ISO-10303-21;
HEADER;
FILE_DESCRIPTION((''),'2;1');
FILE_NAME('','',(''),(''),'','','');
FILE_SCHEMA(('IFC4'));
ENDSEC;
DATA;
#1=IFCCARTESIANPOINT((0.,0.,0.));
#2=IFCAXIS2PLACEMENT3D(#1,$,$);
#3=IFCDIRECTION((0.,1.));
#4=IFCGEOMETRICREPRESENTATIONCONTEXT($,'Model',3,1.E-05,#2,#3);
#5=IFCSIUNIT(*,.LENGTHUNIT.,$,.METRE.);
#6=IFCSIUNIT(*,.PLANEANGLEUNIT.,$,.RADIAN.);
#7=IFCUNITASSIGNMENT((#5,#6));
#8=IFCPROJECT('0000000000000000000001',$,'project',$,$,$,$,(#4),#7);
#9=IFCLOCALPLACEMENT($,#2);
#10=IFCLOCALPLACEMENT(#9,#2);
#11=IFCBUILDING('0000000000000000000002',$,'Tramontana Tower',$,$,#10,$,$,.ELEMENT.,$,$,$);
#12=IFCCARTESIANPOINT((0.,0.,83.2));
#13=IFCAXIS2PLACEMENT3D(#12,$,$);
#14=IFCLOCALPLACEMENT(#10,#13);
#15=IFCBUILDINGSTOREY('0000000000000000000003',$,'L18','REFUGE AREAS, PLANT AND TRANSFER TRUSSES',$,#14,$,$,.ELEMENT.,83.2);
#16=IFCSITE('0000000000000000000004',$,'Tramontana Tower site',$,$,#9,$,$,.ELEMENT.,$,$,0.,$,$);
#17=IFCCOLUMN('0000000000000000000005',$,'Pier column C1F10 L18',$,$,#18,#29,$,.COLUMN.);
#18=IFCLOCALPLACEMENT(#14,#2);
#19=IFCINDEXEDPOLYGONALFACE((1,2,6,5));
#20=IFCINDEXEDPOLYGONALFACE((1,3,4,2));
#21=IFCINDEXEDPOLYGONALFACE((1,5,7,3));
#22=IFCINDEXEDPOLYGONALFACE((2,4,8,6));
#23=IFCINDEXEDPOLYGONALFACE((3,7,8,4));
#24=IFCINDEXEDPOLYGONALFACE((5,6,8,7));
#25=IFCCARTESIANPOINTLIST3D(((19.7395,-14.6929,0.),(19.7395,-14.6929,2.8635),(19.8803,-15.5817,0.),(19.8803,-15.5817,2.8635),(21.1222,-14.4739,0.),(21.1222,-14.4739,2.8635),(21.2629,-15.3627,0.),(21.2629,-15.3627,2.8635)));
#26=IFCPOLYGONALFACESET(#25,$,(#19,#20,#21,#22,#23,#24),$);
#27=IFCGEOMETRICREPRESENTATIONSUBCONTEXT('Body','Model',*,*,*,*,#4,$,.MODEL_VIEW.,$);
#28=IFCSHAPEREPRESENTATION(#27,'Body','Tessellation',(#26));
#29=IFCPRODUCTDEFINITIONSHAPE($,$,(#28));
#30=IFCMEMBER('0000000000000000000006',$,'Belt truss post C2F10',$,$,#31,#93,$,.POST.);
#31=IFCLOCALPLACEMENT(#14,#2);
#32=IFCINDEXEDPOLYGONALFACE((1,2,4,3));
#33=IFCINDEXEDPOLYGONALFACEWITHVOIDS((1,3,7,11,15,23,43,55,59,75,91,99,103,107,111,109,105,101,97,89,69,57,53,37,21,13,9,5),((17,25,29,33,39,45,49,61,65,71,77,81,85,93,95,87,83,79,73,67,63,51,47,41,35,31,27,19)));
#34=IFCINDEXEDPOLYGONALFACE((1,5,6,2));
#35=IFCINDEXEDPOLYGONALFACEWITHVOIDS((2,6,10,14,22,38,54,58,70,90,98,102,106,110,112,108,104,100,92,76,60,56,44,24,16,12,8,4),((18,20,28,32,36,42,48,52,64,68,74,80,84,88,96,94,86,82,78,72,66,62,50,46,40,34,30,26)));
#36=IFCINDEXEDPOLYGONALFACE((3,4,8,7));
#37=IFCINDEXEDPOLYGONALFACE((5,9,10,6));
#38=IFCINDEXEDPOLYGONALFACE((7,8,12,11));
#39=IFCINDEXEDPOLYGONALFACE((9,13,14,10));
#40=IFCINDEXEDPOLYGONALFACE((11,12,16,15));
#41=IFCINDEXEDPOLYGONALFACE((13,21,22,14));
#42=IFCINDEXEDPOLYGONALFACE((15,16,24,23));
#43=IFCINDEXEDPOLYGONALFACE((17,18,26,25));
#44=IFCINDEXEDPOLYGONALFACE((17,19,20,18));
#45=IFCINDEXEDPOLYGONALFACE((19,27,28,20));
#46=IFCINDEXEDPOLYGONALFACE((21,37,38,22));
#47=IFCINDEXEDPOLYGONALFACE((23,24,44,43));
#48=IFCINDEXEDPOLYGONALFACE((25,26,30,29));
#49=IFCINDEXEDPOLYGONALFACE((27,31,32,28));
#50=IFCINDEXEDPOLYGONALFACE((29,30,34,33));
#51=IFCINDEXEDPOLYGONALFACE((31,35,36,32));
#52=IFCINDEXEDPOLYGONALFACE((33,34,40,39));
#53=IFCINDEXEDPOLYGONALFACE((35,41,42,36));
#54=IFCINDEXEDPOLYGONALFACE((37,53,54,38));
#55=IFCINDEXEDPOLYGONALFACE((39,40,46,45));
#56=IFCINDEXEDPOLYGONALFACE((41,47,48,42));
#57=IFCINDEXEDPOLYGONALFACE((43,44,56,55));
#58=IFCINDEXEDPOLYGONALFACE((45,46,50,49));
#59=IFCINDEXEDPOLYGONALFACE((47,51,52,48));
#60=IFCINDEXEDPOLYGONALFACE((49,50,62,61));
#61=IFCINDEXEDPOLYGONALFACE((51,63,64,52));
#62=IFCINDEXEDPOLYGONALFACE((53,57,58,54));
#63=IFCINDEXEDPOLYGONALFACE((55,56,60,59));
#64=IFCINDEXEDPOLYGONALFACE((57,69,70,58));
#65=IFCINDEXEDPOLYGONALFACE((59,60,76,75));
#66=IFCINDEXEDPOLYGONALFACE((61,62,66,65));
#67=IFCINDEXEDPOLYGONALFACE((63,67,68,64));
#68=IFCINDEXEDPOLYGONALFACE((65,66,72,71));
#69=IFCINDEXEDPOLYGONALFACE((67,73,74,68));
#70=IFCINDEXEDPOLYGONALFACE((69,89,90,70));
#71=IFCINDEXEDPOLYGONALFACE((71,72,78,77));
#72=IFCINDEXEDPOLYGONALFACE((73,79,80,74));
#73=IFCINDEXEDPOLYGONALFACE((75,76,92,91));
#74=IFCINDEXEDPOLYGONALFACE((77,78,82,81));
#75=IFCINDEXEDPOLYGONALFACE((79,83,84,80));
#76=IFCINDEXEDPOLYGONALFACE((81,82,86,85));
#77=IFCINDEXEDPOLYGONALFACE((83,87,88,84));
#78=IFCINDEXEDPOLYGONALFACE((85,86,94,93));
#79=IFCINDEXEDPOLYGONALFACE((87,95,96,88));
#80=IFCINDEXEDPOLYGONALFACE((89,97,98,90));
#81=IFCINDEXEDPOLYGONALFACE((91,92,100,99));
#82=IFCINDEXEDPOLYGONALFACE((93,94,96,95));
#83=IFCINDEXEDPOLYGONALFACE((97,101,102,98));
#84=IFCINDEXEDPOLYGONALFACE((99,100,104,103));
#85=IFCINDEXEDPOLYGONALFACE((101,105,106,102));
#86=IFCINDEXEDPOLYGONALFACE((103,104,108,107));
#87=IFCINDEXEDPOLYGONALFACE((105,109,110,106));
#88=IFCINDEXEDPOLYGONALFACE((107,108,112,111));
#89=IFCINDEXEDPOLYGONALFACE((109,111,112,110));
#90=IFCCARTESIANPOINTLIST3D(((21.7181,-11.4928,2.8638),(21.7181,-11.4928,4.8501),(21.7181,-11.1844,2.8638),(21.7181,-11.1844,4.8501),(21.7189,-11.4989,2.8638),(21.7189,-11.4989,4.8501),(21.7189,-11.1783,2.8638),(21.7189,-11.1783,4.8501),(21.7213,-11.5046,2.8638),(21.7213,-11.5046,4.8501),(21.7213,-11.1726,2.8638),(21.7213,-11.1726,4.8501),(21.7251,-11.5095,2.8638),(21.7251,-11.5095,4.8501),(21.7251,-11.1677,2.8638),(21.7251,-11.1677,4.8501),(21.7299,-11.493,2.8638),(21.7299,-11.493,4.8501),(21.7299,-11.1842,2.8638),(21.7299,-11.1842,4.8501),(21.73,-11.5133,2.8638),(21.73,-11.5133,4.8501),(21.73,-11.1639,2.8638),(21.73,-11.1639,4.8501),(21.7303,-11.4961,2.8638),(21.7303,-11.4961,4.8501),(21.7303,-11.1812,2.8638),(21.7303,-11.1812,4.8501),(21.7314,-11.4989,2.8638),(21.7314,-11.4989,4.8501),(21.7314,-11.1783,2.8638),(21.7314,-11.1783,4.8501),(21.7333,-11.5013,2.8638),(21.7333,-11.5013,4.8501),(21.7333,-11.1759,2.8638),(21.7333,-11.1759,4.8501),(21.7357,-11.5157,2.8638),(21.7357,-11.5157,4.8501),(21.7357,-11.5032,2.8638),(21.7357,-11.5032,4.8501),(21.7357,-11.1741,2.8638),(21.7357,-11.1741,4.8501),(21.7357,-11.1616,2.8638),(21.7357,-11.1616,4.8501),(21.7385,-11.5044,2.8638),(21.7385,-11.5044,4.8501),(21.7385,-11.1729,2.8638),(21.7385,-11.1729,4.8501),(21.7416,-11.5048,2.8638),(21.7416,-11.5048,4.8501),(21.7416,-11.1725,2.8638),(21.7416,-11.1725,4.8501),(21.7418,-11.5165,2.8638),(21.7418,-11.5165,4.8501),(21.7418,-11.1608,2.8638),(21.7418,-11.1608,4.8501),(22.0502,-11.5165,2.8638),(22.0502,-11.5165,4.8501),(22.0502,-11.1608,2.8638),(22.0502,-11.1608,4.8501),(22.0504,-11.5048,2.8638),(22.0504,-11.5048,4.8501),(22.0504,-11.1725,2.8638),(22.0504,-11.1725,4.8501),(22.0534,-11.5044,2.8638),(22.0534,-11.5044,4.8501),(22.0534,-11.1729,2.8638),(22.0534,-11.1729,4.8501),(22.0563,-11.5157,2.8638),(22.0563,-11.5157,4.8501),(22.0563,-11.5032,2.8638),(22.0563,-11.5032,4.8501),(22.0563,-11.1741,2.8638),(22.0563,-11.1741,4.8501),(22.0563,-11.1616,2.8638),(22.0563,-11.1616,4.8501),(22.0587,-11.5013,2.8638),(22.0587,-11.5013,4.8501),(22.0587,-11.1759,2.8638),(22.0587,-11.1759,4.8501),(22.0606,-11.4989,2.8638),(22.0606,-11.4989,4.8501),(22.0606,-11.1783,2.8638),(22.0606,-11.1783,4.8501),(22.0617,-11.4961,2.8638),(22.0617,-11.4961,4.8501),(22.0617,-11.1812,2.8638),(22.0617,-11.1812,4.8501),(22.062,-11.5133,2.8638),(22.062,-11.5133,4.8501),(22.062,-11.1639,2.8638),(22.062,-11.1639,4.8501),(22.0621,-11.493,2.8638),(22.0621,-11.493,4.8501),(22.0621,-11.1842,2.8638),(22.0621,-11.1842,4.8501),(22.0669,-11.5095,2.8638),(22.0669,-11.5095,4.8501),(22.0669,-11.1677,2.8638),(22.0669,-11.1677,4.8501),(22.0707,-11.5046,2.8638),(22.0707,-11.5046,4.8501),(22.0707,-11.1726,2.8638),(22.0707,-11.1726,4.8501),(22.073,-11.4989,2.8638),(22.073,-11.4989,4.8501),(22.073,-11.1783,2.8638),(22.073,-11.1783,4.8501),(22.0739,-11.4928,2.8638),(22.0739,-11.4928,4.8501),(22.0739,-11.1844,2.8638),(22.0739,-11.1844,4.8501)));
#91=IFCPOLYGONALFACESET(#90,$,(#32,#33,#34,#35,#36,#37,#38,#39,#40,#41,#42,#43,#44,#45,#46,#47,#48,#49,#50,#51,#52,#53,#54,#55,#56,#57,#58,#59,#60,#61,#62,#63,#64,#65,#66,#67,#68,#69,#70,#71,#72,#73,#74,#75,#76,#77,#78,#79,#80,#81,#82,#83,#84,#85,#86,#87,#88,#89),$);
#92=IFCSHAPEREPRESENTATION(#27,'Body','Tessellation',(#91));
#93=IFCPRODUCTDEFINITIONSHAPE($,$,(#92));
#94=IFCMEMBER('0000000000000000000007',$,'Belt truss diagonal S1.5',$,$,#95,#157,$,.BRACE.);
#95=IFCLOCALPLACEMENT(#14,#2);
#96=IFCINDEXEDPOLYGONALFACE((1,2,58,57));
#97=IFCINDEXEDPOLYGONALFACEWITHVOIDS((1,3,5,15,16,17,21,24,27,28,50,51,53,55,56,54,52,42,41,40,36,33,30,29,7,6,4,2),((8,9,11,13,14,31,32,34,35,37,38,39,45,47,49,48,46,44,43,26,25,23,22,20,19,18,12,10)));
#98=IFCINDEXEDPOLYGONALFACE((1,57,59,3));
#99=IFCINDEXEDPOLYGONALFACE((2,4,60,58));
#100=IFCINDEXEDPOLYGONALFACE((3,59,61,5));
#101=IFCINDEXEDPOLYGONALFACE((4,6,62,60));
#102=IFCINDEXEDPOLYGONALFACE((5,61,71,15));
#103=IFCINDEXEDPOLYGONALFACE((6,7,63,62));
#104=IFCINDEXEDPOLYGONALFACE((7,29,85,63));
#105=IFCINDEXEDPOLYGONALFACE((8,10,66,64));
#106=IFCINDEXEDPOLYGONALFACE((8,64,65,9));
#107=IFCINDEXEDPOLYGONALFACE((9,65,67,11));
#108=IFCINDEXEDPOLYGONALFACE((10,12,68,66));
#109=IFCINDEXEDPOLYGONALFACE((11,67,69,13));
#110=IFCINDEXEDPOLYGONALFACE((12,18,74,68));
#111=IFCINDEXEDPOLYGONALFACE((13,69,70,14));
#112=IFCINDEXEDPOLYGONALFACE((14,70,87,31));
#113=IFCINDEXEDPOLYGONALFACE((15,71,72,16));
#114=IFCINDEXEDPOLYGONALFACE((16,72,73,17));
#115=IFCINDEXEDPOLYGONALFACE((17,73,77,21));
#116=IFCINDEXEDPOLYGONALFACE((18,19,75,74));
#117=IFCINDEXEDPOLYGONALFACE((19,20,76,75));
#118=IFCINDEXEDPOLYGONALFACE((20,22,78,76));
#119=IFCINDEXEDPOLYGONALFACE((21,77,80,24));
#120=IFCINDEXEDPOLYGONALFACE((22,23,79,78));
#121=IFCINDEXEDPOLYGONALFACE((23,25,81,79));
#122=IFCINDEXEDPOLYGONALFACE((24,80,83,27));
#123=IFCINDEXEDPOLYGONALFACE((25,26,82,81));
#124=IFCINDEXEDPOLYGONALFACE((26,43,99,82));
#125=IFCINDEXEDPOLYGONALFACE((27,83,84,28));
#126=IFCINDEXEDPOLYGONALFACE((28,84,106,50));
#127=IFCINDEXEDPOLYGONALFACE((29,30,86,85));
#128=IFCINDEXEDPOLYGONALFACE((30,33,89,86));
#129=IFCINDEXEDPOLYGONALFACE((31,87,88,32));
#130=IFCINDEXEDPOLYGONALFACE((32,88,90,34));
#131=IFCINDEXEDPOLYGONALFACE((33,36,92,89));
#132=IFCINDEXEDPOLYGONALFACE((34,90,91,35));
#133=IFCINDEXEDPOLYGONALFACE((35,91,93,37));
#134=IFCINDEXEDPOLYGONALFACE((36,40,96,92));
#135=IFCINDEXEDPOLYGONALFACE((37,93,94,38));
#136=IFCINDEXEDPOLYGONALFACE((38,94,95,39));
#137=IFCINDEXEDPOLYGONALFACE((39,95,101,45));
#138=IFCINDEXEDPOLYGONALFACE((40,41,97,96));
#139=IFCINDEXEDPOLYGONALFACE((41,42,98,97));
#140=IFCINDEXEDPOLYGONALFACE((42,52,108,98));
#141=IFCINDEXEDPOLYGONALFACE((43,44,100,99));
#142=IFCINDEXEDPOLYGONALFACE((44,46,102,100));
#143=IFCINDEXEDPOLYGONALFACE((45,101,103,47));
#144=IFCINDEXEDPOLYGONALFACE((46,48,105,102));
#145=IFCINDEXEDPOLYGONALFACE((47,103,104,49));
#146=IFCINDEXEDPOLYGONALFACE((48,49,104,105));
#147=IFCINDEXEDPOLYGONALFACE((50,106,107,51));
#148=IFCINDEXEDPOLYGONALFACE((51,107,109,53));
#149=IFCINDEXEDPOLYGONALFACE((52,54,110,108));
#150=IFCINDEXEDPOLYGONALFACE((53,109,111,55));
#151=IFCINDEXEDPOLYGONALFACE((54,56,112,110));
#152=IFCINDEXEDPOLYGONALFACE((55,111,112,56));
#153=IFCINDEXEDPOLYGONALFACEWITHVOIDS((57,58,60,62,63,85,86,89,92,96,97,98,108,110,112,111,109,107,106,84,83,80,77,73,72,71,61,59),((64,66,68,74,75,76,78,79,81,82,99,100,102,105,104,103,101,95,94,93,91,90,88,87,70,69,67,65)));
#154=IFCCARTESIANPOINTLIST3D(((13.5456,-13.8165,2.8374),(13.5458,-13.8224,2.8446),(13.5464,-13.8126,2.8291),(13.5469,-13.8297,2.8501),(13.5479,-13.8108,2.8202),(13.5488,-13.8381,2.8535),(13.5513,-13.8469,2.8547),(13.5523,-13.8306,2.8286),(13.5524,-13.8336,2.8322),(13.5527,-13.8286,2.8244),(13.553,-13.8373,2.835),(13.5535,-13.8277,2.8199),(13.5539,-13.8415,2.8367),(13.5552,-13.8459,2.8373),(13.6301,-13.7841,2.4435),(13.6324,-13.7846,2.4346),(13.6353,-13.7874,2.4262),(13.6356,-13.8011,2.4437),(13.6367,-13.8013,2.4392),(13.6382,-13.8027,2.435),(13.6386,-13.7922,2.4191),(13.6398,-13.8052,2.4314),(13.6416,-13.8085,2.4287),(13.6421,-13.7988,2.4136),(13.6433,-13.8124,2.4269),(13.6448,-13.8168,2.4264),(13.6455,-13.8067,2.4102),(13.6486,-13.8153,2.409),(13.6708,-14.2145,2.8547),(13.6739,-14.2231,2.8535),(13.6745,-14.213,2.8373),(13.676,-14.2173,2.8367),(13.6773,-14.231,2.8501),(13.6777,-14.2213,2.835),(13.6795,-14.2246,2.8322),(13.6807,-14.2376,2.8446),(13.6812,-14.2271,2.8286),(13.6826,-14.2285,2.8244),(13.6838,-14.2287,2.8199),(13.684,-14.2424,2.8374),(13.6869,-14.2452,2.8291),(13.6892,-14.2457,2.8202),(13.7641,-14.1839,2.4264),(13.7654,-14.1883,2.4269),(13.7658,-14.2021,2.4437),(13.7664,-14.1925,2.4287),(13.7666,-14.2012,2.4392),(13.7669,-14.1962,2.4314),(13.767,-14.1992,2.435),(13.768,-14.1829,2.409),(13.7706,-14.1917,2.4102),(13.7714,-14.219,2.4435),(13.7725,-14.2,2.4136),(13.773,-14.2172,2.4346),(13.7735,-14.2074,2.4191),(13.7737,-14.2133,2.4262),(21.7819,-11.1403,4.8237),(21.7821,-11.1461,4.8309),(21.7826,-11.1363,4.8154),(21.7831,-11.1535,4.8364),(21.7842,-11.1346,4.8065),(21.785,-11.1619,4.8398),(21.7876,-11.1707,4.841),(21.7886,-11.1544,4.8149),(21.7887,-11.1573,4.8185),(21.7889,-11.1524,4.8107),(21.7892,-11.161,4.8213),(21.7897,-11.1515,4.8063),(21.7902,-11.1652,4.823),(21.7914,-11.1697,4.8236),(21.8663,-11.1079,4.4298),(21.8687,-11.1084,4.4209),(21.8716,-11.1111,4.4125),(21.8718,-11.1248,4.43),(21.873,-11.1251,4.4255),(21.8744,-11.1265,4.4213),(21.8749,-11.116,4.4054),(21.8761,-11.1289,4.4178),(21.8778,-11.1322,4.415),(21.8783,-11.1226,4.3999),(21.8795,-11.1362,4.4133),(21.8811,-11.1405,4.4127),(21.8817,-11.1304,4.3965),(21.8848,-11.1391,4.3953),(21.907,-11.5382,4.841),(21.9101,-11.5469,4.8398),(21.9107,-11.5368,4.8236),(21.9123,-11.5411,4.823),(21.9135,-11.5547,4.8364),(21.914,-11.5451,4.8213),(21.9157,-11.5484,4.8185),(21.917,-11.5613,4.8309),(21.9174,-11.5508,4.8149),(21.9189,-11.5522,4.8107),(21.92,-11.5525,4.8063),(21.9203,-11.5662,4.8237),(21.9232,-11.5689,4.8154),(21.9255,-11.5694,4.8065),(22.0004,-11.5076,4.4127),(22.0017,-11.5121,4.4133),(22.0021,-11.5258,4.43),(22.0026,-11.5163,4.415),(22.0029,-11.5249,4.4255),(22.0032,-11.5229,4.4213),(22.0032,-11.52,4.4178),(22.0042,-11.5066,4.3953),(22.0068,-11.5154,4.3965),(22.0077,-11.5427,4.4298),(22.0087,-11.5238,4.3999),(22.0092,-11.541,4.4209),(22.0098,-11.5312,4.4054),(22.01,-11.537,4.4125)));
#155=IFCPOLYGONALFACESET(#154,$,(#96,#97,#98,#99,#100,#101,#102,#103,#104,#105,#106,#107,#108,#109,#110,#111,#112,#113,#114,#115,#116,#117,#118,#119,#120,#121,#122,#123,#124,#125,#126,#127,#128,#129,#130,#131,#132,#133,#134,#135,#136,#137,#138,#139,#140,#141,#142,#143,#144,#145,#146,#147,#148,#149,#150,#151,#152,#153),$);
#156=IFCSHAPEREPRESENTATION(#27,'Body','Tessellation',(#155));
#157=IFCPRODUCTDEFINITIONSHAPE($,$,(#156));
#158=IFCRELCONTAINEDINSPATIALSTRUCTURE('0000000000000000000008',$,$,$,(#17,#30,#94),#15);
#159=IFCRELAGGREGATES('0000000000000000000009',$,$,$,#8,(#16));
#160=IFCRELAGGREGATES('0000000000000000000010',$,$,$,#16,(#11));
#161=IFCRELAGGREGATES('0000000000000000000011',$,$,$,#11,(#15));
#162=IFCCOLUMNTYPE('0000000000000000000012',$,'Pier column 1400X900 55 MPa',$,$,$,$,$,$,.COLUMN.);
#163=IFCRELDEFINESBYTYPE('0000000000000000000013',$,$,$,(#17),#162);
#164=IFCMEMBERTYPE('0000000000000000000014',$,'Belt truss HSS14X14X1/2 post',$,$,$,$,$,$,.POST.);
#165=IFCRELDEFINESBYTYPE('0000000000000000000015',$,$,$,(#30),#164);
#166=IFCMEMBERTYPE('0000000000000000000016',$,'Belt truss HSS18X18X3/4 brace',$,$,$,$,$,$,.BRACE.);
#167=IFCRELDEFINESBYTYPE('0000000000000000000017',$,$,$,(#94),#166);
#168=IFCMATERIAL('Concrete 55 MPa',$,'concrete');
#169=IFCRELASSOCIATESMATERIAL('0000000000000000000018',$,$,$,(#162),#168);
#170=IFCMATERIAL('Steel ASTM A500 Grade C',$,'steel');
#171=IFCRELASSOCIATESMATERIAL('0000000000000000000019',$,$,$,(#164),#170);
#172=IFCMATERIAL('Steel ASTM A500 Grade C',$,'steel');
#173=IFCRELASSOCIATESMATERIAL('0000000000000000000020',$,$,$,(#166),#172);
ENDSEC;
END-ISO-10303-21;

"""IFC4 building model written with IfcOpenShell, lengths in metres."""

from ifc_helpers import new_model, si_unit, direction, frame, origin, origin_2d, place, context, subcontext, project, spatial, rectangle, hollow_rectangle, extrude, material, material_profile, profile_set, type_object, element, save


model = new_model("IFC4")

# Units and contexts
model_context = context("Model", 3, precision=1e-05, world=origin(), true_north=direction((0.0, 1.0)))
body_context = subcontext(model_context, "Body", "Model", "MODEL_VIEW")
ifc_project = project(units=[si_unit("LENGTHUNIT", "METRE"), si_unit("PLANEANGLEUNIT", "RADIAN")], contexts=[model_context])

# Site, building, storey
site_placement = place(None, origin())
site = spatial("IfcSite", under=ifc_project, at=site_placement, Name="Tramontana Tower site", CompositionType="ELEMENT", RefElevation=0.0)
building_placement = place(site_placement, origin())
building = spatial("IfcBuilding", under=site, at=building_placement, Name="Tramontana Tower", CompositionType="ELEMENT")
storey_placement = place(building_placement, frame((0.0, 0.0, 83.2)))
storey = spatial("IfcBuildingStorey", under=building, at=storey_placement, Name="L18", Description="REFUGE AREAS, PLANT AND TRANSFER TRUSSES", CompositionType="ELEMENT", Elevation=83.2)

# Column
ifc_material_1 = material(Name="Concrete 55 MPa", Category="concrete")
ifc_material_profile_1 = material_profile(ifc_material_1, rectangle(XDim=1.3999, YDim=0.8999, at=origin_2d()), Name="Pier column 1400X900 55 MPa")
ifc_profile_set_1 = profile_set([ifc_material_profile_1], Name="Concrete 55 MPa")
column_type = type_object("IfcColumnType", Name="Pier column 1400X900 55 MPa", PredefinedType="COLUMN", material=ifc_profile_set_1)
column_placement = place(storey_placement, frame((20.5012, -15.0278, 0.0), z_axis=(0.0, 0.0, 1.0), x_axis=(0.987688, 0.156434, 0.0)))
element("IfcColumn", 1, at=column_placement, inside=storey, type_object=column_type, Name="Pier column C1F10 L18", PredefinedType="COLUMN", context=body_context, shape_type="SweptSolid", body=[
    extrude(rectangle(XDim=1.3999, YDim=0.8999, at=origin_2d()), origin(), (0.0, 0.0, 1.0), 2.8635),
])

# Members
ifc_material_2 = material(Name="Steel ASTM A500 Grade C", Category="steel")
ifc_material_profile_2 = material_profile(ifc_material_2, hollow_rectangle(XDim=0.3557, YDim=0.3557, WallThickness=0.0117, InnerFilletRadius=0.0117, OuterFilletRadius=0.0237, at=origin_2d()), Name="HSS14X14X1/2")
ifc_profile_set_2 = profile_set([ifc_material_profile_2], Name="Steel ASTM A500 Grade C")
member_type_1 = type_object("IfcMemberType", Name="Belt truss HSS14X14X1/2 post", PredefinedType="POST", material=ifc_profile_set_2)
member_1_placement = place(storey_placement, frame((21.896, -11.3386, 2.8638), z_axis=(0.0, 0.0, 1.0), x_axis=(1.0, 0.0, 0.0)))
element("IfcMember", 2, at=member_1_placement, inside=storey, type_object=member_type_1, Name="Belt truss post C2F10", PredefinedType="POST", context=body_context, shape_type="SweptSolid", body=[
    extrude(hollow_rectangle(XDim=0.3557, YDim=0.3557, WallThickness=0.0117, InnerFilletRadius=0.0117, OuterFilletRadius=0.0237, at=origin_2d()), origin(), (0.0, 0.0, 1.0), 1.9863),
])
ifc_material_3 = material(Name="Steel ASTM A500 Grade C", Category="steel")
ifc_material_profile_3 = material_profile(ifc_material_3, hollow_rectangle(XDim=0.4573, YDim=0.4573, WallThickness=0.0178, InnerFilletRadius=0.0178, OuterFilletRadius=0.0354, at=origin_2d()), Name="HSS18X18X3/4")
ifc_profile_set_3 = profile_set([ifc_material_profile_3], Name="Steel ASTM A500 Grade C")
member_type_2 = type_object("IfcMemberType", Name="Belt truss HSS18X18X3/4 brace", PredefinedType="BRACE", material=ifc_profile_set_3)
member_2_placement = place(storey_placement, frame((13.6597, -14.0149, 2.6318), z_axis=(0.926982, 0.301209, 0.223557), x_axis=(-0.30903, 0.951052, 0.0)))
element("IfcMember", 3, at=member_2_placement, inside=storey, type_object=member_type_2, Name="Belt truss diagonal S1.5", PredefinedType="BRACE", context=body_context, shape_type="SweptSolid", body=[
    extrude(hollow_rectangle(XDim=0.4573, YDim=0.4573, WallThickness=0.0178, InnerFilletRadius=0.0178, OuterFilletRadius=0.0354, at=origin_2d()), origin(), (0.0, 0.0, 1.0), 8.885),
])

save(model, "model.ifc")
